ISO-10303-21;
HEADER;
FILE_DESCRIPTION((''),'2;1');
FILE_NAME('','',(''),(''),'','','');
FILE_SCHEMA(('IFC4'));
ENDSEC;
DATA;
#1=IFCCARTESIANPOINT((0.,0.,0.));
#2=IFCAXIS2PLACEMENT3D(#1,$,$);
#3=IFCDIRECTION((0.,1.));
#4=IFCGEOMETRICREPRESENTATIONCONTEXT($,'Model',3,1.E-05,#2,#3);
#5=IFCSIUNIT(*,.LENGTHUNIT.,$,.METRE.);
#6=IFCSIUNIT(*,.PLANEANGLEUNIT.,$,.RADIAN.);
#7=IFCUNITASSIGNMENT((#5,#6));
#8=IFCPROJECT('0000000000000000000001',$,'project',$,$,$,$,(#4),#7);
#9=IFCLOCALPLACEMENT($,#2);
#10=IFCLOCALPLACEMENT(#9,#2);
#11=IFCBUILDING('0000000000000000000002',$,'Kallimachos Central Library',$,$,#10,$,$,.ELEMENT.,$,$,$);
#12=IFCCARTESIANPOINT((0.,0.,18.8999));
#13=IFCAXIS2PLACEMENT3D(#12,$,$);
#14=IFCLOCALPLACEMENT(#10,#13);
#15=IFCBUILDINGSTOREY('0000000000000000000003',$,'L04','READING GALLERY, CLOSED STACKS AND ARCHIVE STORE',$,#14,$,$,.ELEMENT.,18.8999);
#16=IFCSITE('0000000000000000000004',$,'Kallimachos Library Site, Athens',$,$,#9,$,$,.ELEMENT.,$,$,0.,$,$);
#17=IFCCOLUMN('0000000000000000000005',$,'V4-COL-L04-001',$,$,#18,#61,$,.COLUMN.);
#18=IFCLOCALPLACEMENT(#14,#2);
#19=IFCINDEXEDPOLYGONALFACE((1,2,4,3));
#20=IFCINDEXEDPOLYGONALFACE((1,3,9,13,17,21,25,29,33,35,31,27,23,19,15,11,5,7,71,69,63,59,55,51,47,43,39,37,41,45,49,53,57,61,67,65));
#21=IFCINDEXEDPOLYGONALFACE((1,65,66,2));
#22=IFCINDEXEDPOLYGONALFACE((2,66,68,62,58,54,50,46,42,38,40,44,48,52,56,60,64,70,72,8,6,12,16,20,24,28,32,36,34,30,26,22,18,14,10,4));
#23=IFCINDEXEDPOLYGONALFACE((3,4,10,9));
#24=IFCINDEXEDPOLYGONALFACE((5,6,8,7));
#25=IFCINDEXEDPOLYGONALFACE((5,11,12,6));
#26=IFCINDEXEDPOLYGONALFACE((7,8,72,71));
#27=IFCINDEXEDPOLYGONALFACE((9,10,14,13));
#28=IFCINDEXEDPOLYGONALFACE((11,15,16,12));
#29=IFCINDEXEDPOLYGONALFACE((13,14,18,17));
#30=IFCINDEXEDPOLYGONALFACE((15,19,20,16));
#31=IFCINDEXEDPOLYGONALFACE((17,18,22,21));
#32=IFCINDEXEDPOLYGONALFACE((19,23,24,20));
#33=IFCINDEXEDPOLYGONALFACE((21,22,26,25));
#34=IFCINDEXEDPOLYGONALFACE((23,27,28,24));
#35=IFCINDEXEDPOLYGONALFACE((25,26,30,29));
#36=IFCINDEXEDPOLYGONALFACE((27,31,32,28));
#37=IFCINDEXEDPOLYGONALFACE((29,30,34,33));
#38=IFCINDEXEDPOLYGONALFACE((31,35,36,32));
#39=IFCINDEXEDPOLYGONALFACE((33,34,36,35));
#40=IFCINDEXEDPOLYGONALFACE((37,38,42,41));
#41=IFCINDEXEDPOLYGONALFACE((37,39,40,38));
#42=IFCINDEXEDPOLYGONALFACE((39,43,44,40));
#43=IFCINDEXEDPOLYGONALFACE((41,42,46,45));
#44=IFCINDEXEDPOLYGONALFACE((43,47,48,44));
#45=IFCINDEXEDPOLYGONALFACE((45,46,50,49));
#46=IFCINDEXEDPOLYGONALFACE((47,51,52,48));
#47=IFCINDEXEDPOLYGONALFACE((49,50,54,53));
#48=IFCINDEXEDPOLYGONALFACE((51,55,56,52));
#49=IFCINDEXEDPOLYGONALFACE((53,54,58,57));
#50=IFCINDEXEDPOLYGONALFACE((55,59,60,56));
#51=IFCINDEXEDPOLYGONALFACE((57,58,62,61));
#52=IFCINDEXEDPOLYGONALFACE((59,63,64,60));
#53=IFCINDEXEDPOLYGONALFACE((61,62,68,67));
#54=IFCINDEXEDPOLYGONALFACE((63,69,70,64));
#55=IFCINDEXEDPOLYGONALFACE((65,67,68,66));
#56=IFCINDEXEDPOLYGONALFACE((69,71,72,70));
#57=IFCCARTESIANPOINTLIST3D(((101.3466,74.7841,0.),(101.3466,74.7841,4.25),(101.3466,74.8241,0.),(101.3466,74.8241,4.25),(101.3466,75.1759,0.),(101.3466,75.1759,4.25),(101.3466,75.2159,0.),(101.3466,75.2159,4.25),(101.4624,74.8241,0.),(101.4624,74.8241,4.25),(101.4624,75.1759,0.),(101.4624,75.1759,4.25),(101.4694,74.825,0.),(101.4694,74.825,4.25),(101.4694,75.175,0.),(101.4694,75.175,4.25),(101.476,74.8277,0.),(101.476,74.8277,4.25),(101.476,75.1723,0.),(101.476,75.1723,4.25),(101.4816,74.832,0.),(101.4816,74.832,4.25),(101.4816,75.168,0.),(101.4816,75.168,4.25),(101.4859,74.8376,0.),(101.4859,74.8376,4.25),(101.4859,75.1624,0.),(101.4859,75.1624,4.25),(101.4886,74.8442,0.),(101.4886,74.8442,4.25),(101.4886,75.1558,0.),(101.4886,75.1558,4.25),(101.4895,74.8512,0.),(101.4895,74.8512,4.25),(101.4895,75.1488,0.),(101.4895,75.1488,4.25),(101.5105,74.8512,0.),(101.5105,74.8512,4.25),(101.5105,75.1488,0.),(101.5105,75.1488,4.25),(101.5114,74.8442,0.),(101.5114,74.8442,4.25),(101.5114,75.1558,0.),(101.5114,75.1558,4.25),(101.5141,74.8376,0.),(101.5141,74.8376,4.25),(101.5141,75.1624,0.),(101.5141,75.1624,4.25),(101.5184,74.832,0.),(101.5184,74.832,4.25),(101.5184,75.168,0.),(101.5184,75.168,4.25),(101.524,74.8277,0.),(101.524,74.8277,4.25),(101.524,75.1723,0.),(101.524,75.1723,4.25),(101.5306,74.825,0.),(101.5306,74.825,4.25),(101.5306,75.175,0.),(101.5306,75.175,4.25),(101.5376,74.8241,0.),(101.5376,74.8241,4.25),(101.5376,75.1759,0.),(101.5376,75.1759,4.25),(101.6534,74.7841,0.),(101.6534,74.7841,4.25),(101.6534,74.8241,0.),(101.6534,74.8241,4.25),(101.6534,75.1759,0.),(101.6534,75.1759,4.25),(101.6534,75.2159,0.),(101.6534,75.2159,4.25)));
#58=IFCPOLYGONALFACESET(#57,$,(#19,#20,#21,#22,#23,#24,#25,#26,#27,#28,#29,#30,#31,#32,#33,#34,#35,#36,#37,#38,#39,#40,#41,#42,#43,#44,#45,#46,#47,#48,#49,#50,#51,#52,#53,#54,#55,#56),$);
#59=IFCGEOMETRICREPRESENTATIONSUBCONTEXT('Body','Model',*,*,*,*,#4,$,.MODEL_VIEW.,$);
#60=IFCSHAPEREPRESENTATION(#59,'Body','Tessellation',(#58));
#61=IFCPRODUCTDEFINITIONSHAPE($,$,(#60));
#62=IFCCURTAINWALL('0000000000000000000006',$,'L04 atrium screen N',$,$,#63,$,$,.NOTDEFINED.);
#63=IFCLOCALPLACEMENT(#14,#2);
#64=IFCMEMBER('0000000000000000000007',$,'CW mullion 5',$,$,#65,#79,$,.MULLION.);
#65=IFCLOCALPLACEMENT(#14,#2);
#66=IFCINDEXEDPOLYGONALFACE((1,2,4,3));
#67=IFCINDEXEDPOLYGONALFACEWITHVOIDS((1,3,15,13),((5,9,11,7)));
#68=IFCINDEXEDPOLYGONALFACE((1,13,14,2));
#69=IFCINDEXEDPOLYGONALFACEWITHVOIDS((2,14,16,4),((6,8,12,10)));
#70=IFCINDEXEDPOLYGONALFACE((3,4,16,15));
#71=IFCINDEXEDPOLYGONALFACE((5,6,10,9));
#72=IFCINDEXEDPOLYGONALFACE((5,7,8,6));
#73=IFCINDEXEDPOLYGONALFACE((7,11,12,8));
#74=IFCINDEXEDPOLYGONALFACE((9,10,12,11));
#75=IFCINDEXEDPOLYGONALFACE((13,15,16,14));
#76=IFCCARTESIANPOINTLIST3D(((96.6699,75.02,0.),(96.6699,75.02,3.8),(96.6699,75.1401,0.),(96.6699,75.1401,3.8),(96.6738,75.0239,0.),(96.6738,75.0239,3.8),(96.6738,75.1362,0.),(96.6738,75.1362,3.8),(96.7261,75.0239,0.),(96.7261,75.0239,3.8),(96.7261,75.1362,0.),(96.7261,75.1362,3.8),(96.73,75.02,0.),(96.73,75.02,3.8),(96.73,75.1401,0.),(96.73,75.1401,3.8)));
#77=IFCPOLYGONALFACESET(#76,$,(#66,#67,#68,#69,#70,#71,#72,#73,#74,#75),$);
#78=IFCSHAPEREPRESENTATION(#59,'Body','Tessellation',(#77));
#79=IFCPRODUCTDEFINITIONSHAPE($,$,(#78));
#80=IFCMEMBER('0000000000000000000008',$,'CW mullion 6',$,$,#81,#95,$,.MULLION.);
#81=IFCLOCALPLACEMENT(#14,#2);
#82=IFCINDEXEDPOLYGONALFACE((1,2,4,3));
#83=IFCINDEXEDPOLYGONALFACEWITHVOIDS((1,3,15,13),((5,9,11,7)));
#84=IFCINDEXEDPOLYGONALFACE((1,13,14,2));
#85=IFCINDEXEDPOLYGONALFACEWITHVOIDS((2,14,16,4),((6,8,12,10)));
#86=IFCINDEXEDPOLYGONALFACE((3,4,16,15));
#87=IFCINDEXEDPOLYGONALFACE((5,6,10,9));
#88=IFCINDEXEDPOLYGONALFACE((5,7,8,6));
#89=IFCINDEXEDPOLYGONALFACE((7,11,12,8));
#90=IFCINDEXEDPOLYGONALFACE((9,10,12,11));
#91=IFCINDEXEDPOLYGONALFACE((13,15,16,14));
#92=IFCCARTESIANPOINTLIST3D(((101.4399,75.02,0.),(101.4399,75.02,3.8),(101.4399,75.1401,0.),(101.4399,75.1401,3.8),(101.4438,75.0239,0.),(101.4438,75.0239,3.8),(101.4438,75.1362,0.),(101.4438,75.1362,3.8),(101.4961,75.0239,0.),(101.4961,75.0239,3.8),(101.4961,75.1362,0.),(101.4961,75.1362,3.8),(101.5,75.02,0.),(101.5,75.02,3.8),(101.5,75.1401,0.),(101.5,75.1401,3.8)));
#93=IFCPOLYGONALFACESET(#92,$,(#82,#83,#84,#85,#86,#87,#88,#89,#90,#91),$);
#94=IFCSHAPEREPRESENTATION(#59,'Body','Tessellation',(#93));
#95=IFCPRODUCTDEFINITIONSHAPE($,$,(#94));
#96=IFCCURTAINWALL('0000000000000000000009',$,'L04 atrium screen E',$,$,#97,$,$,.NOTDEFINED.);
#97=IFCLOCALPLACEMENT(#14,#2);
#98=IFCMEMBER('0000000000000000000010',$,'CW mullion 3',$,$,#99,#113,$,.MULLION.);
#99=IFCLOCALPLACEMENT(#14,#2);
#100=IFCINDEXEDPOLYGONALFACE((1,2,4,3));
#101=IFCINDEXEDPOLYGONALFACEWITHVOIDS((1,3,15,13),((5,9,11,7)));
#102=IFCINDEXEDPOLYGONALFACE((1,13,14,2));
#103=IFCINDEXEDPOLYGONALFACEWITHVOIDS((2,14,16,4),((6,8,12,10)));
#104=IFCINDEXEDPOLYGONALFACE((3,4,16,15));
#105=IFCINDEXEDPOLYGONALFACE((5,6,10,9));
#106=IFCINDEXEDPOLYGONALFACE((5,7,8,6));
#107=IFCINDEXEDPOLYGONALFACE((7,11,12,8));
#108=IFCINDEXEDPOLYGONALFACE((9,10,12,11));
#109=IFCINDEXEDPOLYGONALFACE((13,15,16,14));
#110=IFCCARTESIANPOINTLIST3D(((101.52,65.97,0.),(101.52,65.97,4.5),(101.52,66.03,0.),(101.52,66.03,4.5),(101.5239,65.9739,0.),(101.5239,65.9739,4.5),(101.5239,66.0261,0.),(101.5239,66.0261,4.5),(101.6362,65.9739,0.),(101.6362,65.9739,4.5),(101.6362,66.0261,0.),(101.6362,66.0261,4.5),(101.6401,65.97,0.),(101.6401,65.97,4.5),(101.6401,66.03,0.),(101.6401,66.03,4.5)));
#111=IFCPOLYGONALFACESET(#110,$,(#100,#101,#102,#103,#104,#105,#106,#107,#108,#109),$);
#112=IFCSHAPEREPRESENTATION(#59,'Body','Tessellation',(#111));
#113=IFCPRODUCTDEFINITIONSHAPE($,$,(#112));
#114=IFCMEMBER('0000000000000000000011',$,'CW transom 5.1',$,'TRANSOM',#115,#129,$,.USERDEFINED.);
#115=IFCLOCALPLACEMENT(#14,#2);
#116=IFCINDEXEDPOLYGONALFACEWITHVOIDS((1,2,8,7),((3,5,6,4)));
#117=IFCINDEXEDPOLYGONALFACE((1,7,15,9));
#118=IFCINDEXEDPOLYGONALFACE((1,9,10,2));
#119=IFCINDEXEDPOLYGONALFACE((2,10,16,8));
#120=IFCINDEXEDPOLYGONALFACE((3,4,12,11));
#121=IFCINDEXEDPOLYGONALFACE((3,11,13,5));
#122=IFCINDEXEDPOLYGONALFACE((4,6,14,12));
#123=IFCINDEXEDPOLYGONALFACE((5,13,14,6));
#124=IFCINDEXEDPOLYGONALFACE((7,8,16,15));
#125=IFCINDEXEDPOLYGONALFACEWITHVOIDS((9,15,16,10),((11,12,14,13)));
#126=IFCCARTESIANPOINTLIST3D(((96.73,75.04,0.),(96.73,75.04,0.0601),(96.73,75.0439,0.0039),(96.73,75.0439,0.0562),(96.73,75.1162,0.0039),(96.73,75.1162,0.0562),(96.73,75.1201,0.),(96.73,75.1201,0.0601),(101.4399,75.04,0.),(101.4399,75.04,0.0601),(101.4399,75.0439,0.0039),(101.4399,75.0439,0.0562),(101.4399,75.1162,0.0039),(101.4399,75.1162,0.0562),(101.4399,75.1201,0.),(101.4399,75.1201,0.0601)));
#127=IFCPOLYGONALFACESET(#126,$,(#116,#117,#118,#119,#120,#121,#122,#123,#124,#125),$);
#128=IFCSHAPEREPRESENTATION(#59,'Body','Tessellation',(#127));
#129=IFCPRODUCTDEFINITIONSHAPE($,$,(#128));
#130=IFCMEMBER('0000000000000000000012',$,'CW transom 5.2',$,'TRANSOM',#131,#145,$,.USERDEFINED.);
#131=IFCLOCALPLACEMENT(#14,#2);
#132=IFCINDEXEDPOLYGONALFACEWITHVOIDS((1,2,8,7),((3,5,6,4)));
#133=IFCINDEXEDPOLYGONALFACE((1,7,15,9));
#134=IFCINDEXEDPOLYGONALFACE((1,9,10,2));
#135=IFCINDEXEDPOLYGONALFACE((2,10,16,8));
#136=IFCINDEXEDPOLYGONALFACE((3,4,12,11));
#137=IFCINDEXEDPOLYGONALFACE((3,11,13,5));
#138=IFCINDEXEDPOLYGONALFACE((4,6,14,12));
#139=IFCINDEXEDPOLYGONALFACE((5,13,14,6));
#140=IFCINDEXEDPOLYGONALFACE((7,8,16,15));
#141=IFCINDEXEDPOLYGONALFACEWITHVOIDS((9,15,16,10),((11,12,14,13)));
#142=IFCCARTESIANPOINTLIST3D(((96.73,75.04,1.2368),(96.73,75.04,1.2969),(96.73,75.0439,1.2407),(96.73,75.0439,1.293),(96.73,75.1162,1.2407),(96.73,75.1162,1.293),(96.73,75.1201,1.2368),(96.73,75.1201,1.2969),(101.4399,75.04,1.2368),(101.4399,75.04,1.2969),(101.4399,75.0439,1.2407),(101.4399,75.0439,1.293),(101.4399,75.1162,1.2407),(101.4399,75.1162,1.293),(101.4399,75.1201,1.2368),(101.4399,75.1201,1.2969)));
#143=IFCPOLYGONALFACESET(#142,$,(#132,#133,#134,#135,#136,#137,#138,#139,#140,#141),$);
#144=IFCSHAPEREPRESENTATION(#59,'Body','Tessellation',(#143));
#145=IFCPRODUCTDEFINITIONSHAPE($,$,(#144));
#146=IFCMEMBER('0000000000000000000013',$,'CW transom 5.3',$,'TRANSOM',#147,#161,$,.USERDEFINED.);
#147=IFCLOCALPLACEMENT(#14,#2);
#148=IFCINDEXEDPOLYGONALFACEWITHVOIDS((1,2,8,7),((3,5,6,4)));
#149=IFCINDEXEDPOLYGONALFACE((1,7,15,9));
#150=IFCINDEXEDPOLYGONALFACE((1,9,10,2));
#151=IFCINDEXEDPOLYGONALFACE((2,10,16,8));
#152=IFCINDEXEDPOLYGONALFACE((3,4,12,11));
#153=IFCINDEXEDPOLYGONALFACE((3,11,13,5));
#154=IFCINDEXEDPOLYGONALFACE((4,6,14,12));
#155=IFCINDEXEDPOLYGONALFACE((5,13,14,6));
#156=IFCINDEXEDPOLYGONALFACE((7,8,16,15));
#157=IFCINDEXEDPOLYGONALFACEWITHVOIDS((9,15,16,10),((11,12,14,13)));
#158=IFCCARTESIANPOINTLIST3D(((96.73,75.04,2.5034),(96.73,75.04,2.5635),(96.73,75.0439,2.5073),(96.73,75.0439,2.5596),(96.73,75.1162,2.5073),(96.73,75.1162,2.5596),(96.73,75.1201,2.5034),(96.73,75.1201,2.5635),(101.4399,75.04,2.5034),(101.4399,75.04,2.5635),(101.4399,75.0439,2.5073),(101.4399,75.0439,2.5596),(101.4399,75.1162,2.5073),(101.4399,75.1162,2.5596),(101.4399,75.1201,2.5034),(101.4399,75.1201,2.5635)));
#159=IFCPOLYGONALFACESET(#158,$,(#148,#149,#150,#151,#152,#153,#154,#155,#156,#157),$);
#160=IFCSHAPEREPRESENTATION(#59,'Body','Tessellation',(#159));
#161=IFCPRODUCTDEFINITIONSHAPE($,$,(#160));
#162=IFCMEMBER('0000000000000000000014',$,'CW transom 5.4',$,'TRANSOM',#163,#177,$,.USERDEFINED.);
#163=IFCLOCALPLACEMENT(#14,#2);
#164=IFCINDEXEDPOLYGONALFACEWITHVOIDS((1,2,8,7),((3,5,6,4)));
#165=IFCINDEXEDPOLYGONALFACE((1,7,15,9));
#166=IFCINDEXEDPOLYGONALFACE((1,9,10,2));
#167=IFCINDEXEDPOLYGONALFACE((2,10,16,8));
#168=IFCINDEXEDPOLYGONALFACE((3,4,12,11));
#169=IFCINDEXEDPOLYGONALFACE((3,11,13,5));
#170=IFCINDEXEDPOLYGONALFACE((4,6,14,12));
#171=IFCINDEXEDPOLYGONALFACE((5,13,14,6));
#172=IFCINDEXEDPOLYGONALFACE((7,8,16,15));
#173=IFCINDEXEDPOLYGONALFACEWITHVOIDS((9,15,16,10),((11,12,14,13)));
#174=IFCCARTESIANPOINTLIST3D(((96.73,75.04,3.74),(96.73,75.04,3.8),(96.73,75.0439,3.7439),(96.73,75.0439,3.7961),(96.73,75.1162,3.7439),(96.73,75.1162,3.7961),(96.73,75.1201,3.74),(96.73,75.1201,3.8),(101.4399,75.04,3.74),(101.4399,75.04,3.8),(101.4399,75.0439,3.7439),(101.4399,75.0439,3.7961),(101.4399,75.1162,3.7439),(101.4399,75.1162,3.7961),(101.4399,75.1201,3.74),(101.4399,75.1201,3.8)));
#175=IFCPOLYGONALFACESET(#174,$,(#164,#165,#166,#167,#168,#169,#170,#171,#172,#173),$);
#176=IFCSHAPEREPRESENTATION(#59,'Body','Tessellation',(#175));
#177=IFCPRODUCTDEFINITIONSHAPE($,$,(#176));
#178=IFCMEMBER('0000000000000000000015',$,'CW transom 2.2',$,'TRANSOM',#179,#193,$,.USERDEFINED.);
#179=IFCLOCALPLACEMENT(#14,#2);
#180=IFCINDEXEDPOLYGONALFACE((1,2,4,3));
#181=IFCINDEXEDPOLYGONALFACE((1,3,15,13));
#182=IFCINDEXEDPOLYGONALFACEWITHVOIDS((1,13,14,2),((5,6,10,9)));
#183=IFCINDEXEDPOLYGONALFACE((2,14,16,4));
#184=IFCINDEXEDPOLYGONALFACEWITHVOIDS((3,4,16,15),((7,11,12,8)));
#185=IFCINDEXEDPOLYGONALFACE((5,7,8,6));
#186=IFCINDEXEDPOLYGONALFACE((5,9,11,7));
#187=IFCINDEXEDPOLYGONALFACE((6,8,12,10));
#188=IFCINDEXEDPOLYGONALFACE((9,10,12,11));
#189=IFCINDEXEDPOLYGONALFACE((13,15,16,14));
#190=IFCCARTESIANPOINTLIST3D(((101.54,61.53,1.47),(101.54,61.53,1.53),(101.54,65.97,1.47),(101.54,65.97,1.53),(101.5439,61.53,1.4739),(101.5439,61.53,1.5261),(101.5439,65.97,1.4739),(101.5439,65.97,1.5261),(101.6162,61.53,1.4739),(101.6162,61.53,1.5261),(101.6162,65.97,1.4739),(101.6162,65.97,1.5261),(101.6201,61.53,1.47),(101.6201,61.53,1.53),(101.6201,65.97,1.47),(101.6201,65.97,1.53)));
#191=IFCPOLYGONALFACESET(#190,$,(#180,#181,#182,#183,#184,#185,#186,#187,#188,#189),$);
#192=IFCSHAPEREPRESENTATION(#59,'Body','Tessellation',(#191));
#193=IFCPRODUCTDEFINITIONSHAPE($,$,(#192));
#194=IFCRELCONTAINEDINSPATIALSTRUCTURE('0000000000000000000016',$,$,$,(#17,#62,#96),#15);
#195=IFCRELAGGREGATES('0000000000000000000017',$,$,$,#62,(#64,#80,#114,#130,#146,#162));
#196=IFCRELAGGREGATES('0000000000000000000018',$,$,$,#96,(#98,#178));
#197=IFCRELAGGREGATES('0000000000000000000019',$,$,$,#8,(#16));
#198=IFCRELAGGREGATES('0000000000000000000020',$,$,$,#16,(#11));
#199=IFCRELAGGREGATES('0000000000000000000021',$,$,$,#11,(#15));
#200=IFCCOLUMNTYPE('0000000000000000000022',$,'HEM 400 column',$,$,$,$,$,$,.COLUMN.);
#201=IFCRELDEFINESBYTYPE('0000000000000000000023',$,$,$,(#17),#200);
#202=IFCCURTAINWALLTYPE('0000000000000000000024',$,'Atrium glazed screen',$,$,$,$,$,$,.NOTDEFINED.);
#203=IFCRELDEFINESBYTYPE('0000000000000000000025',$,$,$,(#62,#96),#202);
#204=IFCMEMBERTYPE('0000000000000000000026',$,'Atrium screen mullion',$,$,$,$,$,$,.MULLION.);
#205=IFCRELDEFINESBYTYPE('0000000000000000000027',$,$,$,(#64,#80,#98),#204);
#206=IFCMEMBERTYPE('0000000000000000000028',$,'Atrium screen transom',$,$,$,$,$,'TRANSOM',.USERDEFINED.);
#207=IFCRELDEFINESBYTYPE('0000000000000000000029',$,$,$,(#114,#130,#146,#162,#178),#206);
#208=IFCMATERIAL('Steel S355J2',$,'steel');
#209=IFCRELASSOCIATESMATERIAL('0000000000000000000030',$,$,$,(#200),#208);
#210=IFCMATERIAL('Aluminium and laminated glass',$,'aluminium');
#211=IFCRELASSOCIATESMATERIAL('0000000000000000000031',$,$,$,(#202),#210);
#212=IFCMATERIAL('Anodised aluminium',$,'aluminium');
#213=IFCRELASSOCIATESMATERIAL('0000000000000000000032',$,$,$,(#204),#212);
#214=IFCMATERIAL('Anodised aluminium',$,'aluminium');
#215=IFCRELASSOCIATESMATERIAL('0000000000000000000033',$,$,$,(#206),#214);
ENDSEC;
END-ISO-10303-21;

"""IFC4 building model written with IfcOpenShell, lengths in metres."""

from ifc_helpers import new_model, si_unit, direction, frame, origin, origin_2d, place, context, subcontext, project, spatial, hollow_rectangle, i_section, extrude, material, material_profile, profile_set, type_object, element, aggregate, save


model = new_model("IFC4")

# Units and contexts
model_context = context("Model", 3, precision=1e-05, world=origin(), true_north=direction((0.0, 1.0)))
body_context = subcontext(model_context, "Body", "Model", "MODEL_VIEW")
ifc_project = project(units=[si_unit("LENGTHUNIT", "METRE"), si_unit("PLANEANGLEUNIT", "RADIAN")], contexts=[model_context])

# Site, building, storey
site_placement = place(None, origin())
site = spatial("IfcSite", under=ifc_project, at=site_placement, Name="Kallimachos Library Site, Athens", CompositionType="ELEMENT", RefElevation=0.0)
building_placement = place(site_placement, origin())
building = spatial("IfcBuilding", under=site, at=building_placement, Name="Kallimachos Central Library", CompositionType="ELEMENT")
storey_placement = place(building_placement, frame((0.0, 0.0, 18.8999)))
storey = spatial("IfcBuildingStorey", under=building, at=storey_placement, Name="L04", Description="READING GALLERY, CLOSED STACKS AND ARCHIVE STORE", CompositionType="ELEMENT", Elevation=18.8999)

# Column
ifc_material_1 = material(Name="Steel S355J2", Category="steel")
ifc_material_profile_1 = material_profile(ifc_material_1, i_section(OverallWidth=0.3069, OverallDepth=0.4319, WebThickness=0.021, FlangeThickness=0.04, FilletRadius=0.0271, at=origin_2d()), Name="HEM 400")
ifc_profile_set_1 = profile_set([ifc_material_profile_1], Name="Steel S355J2")
column_type = type_object("IfcColumnType", Name="HEM 400 column", PredefinedType="COLUMN", material=ifc_profile_set_1)
column_placement = place(storey_placement, frame((101.5, 75.0, 0.0), z_axis=(0.0, 0.0, 1.0), x_axis=(1.0, 0.0, 0.0)))
element("IfcColumn", 1, at=column_placement, inside=storey, type_object=column_type, Name="V4-COL-L04-001", PredefinedType="COLUMN", context=body_context, shape_type="SweptSolid", body=[
    extrude(i_section(OverallWidth=0.3069, OverallDepth=0.4319, WebThickness=0.021, FlangeThickness=0.04, FilletRadius=0.0271, at=origin_2d()), origin(), (0.0, 0.0, 1.0), 4.25),
])

# Curtain wall, members
ifc_material_2 = material(Name="Aluminium and laminated glass", Category="aluminium")
curtain_wall_type = type_object("IfcCurtainWallType", Name="Atrium glazed screen", PredefinedType="NOTDEFINED", material=ifc_material_2)
curtain_wall_1_placement = place(storey_placement, origin())
curtain_wall_1 = element("IfcCurtainWall", 2, at=curtain_wall_1_placement, inside=storey, type_object=curtain_wall_type, Name="L04 atrium screen N", PredefinedType="NOTDEFINED")
ifc_material_3 = material(Name="Anodised aluminium", Category="aluminium")
ifc_material_profile_2 = material_profile(ifc_material_3, hollow_rectangle(XDim=0.0601, YDim=0.1201, WallThickness=0.0039, at=origin_2d()), Name="ALU MULLION 60x120")
ifc_profile_set_2 = profile_set([ifc_material_profile_2], Name="Anodised aluminium")
member_type_1 = type_object("IfcMemberType", Name="Atrium screen mullion", PredefinedType="MULLION", material=ifc_profile_set_2)
member_1_placement = place(storey_placement, frame((96.7, 75.0801, 0.0), z_axis=(0.0, 0.0, 1.0), x_axis=(1.0, 0.0, 0.0)))
member_1 = element("IfcMember", 3, at=member_1_placement, type_object=member_type_1, Name="CW mullion 5", PredefinedType="MULLION", context=body_context, shape_type="SweptSolid", body=[
    extrude(hollow_rectangle(XDim=0.0601, YDim=0.1201, WallThickness=0.0039, at=origin_2d()), origin(), (0.0, 0.0, 1.0), 3.8),
])
member_2_placement = place(storey_placement, frame((101.47, 75.0801, 0.0), z_axis=(0.0, 0.0, 1.0), x_axis=(1.0, 0.0, 0.0)))
member_2 = element("IfcMember", 4, at=member_2_placement, type_object=member_type_1, Name="CW mullion 6", PredefinedType="MULLION", context=body_context, shape_type="SweptSolid", body=[
    extrude(hollow_rectangle(XDim=0.0601, YDim=0.1201, WallThickness=0.0039, at=origin_2d()), origin(), (0.0, 0.0, 1.0), 3.8),
])

# Curtain wall, member
curtain_wall_2_placement = place(storey_placement, origin())
curtain_wall_2 = element("IfcCurtainWall", 5, at=curtain_wall_2_placement, inside=storey, type_object=curtain_wall_type, Name="L04 atrium screen E", PredefinedType="NOTDEFINED")
member_3_placement = place(storey_placement, frame((101.5801, 66.0, 0.0), z_axis=(0.0, 0.0, 1.0), x_axis=(0.0, 1.0, 0.0)))
member_3 = element("IfcMember", 6, at=member_3_placement, type_object=member_type_1, Name="CW mullion 3", PredefinedType="MULLION", context=body_context, shape_type="SweptSolid", body=[
    extrude(hollow_rectangle(XDim=0.0601, YDim=0.1201, WallThickness=0.0039, at=origin_2d()), origin(), (0.0, 0.0, 1.0), 4.5),
])

# Members
ifc_material_4 = material(Name="Anodised aluminium", Category="aluminium")
ifc_material_profile_3 = material_profile(ifc_material_4, hollow_rectangle(XDim=0.0601, YDim=0.0801, WallThickness=0.0039, at=origin_2d()), Name="ALU TRANSOM 60x80")
ifc_profile_set_3 = profile_set([ifc_material_profile_3], Name="Anodised aluminium")
member_type_2 = type_object("IfcMemberType", Name="Atrium screen transom", ElementType="TRANSOM", PredefinedType="USERDEFINED", material=ifc_profile_set_3)
member_4_placement = place(storey_placement, frame((96.73, 75.0801, 0.03), z_axis=(1.0, 0.0, 0.0), x_axis=(0.0, 0.0, 1.0)))
member_4 = element("IfcMember", 7, at=member_4_placement, type_object=member_type_2, Name="CW transom 5.1", ObjectType="TRANSOM", PredefinedType="USERDEFINED", context=body_context, shape_type="SweptSolid", body=[
    extrude(hollow_rectangle(XDim=0.0601, YDim=0.0801, WallThickness=0.0039, at=origin_2d()), origin(), (0.0, 0.0, 1.0), 4.71),
])
member_5_placement = place(storey_placement, frame((96.73, 75.0801, 1.2668), z_axis=(1.0, 0.0, 0.0), x_axis=(0.0, 0.0, 1.0)))
member_5 = element("IfcMember", 8, at=member_5_placement, type_object=member_type_2, Name="CW transom 5.2", ObjectType="TRANSOM", PredefinedType="USERDEFINED", context=body_context, shape_type="SweptSolid", body=[
    extrude(hollow_rectangle(XDim=0.0601, YDim=0.0801, WallThickness=0.0039, at=origin_2d()), origin(), (0.0, 0.0, 1.0), 4.71),
])
member_6_placement = place(storey_placement, frame((96.73, 75.0801, 2.5334), z_axis=(1.0, 0.0, 0.0), x_axis=(0.0, 0.0, 1.0)))
member_6 = element("IfcMember", 9, at=member_6_placement, type_object=member_type_2, Name="CW transom 5.3", ObjectType="TRANSOM", PredefinedType="USERDEFINED", context=body_context, shape_type="SweptSolid", body=[
    extrude(hollow_rectangle(XDim=0.0601, YDim=0.0801, WallThickness=0.0039, at=origin_2d()), origin(), (0.0, 0.0, 1.0), 4.71),
])
member_7_placement = place(storey_placement, frame((96.73, 75.0801, 3.77), z_axis=(1.0, 0.0, 0.0), x_axis=(0.0, 0.0, 1.0)))
member_7 = element("IfcMember", 10, at=member_7_placement, type_object=member_type_2, Name="CW transom 5.4", ObjectType="TRANSOM", PredefinedType="USERDEFINED", context=body_context, shape_type="SweptSolid", body=[
    extrude(hollow_rectangle(XDim=0.0601, YDim=0.0801, WallThickness=0.0039, at=origin_2d()), origin(), (0.0, 0.0, 1.0), 4.71),
])
member_8_placement = place(storey_placement, frame((101.5801, 61.53, 1.5), z_axis=(0.0, 1.0, 0.0), x_axis=(0.0, 0.0, 1.0)))
member_8 = element("IfcMember", 11, at=member_8_placement, type_object=member_type_2, Name="CW transom 2.2", ObjectType="TRANSOM", PredefinedType="USERDEFINED", context=body_context, shape_type="SweptSolid", body=[
    extrude(hollow_rectangle(XDim=0.0601, YDim=0.0801, WallThickness=0.0039, at=origin_2d()), origin(), (0.0, 0.0, 1.0), 4.4399),
])

aggregate(curtain_wall_1, [member_1, member_2, member_4, member_5, member_6, member_7])
aggregate(curtain_wall_2, [member_3, member_8])

save(model, "model.ifc")
